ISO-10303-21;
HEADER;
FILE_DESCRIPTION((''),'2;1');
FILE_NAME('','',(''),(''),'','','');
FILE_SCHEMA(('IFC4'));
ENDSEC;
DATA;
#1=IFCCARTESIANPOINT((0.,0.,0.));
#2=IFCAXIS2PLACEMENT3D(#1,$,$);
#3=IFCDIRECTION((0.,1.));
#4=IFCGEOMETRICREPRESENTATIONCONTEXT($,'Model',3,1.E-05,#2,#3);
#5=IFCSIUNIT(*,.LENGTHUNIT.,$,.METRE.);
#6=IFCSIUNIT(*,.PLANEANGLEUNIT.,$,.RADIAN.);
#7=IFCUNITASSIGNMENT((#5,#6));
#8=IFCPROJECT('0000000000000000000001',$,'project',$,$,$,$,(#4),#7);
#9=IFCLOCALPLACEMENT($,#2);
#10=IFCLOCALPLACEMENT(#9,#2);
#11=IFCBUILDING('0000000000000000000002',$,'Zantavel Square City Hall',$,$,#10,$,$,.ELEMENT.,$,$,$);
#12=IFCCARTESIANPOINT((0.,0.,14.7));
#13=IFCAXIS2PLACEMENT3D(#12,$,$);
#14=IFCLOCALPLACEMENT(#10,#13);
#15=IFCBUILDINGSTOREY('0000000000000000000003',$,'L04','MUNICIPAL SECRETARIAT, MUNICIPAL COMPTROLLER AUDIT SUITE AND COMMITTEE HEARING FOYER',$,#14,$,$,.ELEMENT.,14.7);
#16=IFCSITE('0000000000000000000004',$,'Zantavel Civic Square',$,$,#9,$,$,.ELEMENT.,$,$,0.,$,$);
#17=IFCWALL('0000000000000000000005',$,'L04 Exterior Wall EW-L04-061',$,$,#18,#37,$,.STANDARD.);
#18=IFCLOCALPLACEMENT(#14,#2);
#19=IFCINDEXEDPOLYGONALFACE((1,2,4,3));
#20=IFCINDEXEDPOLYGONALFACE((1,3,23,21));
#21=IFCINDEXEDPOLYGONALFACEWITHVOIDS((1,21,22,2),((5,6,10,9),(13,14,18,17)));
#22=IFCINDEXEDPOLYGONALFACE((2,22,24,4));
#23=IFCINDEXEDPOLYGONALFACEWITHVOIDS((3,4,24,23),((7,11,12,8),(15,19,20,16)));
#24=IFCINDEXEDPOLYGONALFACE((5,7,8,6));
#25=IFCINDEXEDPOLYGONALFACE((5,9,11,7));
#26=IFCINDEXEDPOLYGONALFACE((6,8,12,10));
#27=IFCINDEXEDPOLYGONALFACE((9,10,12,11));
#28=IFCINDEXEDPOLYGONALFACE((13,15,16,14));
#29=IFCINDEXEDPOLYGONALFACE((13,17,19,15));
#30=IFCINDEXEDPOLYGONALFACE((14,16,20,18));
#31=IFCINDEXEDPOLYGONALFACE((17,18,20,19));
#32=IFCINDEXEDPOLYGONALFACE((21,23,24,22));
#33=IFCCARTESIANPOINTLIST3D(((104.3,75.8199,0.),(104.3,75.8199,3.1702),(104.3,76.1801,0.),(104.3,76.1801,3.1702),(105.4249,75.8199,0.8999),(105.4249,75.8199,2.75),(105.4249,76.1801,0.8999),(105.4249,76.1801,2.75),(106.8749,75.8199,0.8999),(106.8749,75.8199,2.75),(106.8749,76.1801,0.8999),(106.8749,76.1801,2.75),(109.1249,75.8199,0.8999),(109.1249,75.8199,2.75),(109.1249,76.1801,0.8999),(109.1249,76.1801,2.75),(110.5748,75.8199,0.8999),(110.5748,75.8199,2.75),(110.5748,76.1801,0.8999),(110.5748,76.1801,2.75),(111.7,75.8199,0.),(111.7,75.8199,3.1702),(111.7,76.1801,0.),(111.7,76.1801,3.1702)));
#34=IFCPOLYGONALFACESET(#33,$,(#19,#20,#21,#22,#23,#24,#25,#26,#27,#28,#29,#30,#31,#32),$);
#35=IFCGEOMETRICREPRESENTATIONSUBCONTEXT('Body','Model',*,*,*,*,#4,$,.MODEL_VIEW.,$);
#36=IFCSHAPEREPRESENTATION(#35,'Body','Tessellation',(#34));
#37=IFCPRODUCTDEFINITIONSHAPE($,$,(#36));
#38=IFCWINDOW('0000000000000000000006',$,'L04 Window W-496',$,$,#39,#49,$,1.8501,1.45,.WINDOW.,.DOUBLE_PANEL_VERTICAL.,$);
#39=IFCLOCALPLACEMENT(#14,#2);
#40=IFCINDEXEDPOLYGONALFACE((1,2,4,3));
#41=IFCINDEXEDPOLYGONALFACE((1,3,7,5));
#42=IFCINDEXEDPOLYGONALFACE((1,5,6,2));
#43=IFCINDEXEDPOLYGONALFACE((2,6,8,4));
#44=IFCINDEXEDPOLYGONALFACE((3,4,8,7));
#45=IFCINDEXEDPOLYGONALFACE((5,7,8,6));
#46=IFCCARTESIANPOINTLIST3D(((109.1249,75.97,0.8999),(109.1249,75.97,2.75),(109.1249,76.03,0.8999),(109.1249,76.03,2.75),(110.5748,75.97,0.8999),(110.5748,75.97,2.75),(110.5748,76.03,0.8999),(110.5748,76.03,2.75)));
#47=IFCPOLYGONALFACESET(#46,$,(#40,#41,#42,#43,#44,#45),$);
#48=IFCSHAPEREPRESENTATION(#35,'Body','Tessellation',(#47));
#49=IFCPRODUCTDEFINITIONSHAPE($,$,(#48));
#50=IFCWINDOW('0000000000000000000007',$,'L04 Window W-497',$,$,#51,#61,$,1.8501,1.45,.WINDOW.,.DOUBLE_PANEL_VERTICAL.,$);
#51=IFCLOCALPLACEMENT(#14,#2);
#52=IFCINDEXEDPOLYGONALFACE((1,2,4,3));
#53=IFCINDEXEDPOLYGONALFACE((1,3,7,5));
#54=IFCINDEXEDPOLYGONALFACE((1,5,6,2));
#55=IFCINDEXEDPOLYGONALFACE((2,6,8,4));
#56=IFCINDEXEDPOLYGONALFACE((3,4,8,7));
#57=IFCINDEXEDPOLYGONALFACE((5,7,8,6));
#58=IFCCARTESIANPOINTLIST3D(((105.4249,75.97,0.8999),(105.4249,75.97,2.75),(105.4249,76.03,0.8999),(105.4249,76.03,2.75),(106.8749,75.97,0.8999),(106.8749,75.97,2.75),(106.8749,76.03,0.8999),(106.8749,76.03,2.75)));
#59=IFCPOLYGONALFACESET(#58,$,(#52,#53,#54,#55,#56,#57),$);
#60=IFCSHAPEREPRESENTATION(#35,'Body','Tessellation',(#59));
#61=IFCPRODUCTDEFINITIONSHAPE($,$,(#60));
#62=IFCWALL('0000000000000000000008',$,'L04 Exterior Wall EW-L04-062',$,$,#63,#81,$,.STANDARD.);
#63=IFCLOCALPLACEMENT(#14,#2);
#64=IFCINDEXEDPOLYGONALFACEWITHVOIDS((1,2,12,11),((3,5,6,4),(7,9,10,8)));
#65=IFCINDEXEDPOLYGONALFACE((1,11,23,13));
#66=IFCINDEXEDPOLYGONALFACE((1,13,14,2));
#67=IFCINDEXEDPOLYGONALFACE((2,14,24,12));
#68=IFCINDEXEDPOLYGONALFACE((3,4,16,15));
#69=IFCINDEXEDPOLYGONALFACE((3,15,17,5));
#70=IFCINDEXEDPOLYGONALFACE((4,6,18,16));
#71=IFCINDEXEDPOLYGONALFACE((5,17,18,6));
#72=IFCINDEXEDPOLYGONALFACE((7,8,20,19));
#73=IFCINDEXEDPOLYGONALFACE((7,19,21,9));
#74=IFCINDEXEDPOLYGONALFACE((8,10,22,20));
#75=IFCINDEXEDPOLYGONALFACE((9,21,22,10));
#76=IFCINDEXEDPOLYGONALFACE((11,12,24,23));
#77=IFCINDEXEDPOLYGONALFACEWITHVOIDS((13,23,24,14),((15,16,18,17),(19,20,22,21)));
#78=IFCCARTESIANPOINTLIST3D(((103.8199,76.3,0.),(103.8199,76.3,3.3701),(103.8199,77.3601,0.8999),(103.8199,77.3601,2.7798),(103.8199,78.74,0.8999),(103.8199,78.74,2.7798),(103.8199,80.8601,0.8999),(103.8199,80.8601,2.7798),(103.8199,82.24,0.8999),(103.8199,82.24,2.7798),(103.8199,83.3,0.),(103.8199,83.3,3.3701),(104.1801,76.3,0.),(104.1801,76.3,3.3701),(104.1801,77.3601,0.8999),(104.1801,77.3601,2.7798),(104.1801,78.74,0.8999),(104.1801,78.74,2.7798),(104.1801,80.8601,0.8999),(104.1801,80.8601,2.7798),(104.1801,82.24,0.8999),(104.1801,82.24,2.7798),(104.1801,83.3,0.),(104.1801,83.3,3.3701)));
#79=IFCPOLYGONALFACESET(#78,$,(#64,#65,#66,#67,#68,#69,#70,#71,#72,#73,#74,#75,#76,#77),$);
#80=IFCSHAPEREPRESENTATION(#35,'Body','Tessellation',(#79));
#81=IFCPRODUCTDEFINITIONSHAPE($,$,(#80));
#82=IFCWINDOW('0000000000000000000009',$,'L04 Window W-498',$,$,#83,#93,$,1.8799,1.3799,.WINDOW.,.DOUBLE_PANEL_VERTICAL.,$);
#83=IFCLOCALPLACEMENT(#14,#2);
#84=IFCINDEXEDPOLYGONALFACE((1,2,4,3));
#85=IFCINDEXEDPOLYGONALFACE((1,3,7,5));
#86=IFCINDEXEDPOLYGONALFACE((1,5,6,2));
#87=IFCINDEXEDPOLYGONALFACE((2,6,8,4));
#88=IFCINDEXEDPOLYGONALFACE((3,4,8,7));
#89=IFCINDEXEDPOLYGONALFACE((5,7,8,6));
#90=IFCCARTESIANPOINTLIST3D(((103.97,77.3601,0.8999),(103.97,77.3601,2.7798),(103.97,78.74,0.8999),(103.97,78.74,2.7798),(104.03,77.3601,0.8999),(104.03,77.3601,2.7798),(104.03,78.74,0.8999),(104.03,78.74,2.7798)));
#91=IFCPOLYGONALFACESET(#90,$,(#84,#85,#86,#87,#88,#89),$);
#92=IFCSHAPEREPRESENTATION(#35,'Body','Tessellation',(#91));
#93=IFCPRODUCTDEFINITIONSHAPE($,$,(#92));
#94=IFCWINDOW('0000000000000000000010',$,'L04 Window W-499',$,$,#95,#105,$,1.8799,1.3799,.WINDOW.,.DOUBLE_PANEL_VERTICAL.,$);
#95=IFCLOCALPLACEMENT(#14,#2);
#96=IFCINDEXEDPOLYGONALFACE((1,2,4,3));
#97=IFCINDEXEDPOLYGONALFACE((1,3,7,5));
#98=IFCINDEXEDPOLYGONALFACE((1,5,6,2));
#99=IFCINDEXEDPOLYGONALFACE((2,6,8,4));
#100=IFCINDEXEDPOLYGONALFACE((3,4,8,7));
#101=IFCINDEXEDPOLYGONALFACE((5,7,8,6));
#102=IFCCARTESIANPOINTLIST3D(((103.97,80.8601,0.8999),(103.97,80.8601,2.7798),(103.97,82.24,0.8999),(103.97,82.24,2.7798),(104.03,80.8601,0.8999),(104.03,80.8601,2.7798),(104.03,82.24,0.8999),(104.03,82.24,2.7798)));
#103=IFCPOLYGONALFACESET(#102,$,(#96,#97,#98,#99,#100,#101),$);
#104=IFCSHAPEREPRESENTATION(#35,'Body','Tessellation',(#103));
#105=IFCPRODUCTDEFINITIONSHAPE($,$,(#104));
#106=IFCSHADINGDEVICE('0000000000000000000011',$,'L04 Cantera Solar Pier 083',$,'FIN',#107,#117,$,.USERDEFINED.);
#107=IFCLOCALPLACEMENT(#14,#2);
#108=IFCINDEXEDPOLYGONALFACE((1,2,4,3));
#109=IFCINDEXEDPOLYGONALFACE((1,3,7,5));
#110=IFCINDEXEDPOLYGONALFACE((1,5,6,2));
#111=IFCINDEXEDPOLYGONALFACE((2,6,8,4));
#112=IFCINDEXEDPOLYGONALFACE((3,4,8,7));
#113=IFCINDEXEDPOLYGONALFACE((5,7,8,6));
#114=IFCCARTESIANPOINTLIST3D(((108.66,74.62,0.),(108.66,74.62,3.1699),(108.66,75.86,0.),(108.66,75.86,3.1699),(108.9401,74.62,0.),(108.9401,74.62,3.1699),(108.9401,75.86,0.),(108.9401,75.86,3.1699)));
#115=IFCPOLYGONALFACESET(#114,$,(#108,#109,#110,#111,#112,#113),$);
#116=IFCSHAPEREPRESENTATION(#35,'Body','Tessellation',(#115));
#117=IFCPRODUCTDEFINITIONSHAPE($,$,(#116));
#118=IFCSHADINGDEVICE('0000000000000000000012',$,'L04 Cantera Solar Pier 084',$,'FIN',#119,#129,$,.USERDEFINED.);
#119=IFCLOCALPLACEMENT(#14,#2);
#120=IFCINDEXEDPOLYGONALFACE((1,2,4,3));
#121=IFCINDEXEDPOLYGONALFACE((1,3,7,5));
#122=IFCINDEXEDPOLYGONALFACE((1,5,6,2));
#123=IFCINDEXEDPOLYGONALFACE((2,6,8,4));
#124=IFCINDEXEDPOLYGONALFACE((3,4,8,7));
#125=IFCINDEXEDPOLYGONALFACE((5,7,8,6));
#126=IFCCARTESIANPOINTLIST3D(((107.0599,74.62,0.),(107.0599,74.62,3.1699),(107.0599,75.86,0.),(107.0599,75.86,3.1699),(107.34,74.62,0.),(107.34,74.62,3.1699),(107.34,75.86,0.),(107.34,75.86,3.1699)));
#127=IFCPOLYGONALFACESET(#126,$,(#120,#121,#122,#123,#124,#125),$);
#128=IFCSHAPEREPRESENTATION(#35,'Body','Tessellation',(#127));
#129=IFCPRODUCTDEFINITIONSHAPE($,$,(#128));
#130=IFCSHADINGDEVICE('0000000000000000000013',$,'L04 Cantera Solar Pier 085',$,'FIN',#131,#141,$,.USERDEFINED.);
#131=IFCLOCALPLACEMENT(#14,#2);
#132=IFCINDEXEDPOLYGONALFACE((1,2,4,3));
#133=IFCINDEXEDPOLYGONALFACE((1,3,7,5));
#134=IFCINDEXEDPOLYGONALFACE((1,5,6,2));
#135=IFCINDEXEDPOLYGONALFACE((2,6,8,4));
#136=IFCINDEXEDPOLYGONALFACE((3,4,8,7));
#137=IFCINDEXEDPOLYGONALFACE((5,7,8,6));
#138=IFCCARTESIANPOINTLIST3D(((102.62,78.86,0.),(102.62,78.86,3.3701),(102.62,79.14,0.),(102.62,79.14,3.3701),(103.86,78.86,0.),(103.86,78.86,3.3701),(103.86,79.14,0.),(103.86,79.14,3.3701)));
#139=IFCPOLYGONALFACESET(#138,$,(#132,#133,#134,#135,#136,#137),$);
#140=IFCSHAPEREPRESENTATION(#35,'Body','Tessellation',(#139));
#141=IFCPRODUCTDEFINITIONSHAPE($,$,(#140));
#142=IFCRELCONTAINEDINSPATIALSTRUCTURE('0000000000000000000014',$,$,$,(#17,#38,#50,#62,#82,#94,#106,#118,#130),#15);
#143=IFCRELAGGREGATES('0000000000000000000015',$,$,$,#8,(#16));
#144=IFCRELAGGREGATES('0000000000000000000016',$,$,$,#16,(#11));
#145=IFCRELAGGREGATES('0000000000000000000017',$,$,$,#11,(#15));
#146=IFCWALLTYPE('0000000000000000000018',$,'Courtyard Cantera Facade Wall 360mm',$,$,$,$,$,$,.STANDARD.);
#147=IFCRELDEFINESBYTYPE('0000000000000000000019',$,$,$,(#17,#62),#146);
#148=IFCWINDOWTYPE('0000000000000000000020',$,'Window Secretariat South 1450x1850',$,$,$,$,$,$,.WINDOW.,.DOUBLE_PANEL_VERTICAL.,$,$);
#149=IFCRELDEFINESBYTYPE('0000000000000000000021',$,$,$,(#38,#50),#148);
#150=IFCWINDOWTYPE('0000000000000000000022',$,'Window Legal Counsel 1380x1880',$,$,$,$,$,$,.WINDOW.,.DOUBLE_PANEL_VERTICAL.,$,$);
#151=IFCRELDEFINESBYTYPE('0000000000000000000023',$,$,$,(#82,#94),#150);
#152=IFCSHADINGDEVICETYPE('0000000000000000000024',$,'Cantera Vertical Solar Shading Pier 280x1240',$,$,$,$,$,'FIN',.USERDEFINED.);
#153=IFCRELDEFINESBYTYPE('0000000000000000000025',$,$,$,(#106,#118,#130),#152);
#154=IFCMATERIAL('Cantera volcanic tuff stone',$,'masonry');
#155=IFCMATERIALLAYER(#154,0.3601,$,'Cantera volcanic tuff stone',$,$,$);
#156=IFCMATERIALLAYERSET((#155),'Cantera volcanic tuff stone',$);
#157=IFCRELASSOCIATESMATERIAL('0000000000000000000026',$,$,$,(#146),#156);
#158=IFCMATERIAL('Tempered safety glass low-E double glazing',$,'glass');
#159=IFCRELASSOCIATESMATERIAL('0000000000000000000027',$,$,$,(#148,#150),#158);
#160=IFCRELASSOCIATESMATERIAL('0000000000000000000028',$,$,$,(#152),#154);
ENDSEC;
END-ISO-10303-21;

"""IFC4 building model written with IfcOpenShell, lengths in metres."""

from ifc_helpers import new_model, si_unit, direction, frame, frame_2d, origin, origin_2d, place, context, subcontext, project, spatial, rectangle, extrude, material, layer, layer_set, type_object, element, fill, save


model = new_model("IFC4")

# Units and contexts
model_context = context("Model", 3, precision=1e-05, world=origin(), true_north=direction((0.0, 1.0)))
body_context = subcontext(model_context, "Body", "Model", "MODEL_VIEW")
ifc_project = project(units=[si_unit("LENGTHUNIT", "METRE"), si_unit("PLANEANGLEUNIT", "RADIAN")], contexts=[model_context])

# Site, building, storey
site_placement = place(None, origin())
site = spatial("IfcSite", under=ifc_project, at=site_placement, Name="Zantavel Civic Square", CompositionType="ELEMENT", RefElevation=0.0)
building_placement = place(site_placement, origin())
building = spatial("IfcBuilding", under=site, at=building_placement, Name="Zantavel Square City Hall", CompositionType="ELEMENT")
storey_placement = place(building_placement, frame((0.0, 0.0, 14.7)))
storey = spatial("IfcBuildingStorey", under=building, at=storey_placement, Name="L04", Description="MUNICIPAL SECRETARIAT, MUNICIPAL COMPTROLLER AUDIT SUITE AND COMMITTEE HEARING FOYER", CompositionType="ELEMENT", Elevation=14.7)

# Shared definitions
ifc_material_1 = material(Name="Tempered safety glass low-E double glazing", Category="glass")

# Walls, openings, windows
ifc_material_2 = material(Name="Cantera volcanic tuff stone", Category="masonry")
ifc_layer_1 = layer(ifc_material_2, 0.3601, Name="Cantera volcanic tuff stone")
ifc_layer_set_1 = layer_set([ifc_layer_1], Name="Cantera volcanic tuff stone")
wall_type = type_object("IfcWallType", Name="Courtyard Cantera Facade Wall 360mm", PredefinedType="STANDARD", material=ifc_layer_set_1)
wall_1_placement = place(storey_placement, frame((111.7, 76.0, 0.0), z_axis=(0.0, 0.0, 1.0), x_axis=(-1.0, 0.0, 0.0)))
wall_1 = element("IfcWall", 1, at=wall_1_placement, inside=storey, type_object=wall_type, Name="L04 Exterior Wall EW-L04-061", PredefinedType="STANDARD", context=body_context, shape_type="SweptSolid", body=[
    extrude(rectangle(XDim=7.3999, YDim=0.3601, at=frame_2d((3.7, 0.0))), origin(), (0.0, 0.0, 1.0), 3.1702),
])
opening_1_placement = place(wall_1_placement, frame((1.125, 0.0, 0.8999)))
opening_1 = element("IfcOpeningElement", 2, at=opening_1_placement, cuts=wall_1, PredefinedType="OPENING", context=body_context, shape_type="SweptSolid", body=[
    extrude(rectangle(XDim=1.45, YDim=1.8501, at=frame_2d((0.7251, 0.925))), frame((0.0, 0.1899, 0.0), z_axis=(0.0, -1.0, 0.0), x_axis=(1.0, 0.0, 0.0)), (0.0, 0.0, 1.0), 0.3801),
])
opening_2_placement = place(wall_1_placement, frame((4.825, 0.0, 0.8999)))
opening_2 = element("IfcOpeningElement", 3, at=opening_2_placement, cuts=wall_1, PredefinedType="OPENING", context=body_context, shape_type="SweptSolid", body=[
    extrude(rectangle(XDim=1.45, YDim=1.8501, at=frame_2d((0.7251, 0.925))), frame((0.0, 0.1899, 0.0), z_axis=(0.0, -1.0, 0.0), x_axis=(1.0, 0.0, 0.0)), (0.0, 0.0, 1.0), 0.3801),
])
window_type_1 = type_object("IfcWindowType", Name="Window Secretariat South 1450x1850", PartitioningType="DOUBLE_PANEL_VERTICAL", PredefinedType="WINDOW", material=ifc_material_1)
window_1_placement = place(opening_1_placement, origin())
window_1 = element("IfcWindow", 4, at=window_1_placement, inside=storey, type_object=window_type_1, Name="L04 Window W-496", OverallHeight=1.8501, OverallWidth=1.45, PartitioningType="DOUBLE_PANEL_VERTICAL", PredefinedType="WINDOW", context=body_context, shape_type="SweptSolid", body=[
    extrude(rectangle(XDim=1.45, YDim=1.8501, at=frame_2d((0.7251, 0.925))), frame((0.0, 0.03, 0.0), z_axis=(0.0, -1.0, 0.0), x_axis=(1.0, 0.0, 0.0)), (0.0, 0.0, 1.0), 0.0601),
])
fill(opening_1, window_1)
window_2_placement = place(opening_2_placement, origin())
window_2 = element("IfcWindow", 5, at=window_2_placement, inside=storey, type_object=window_type_1, Name="L04 Window W-497", OverallHeight=1.8501, OverallWidth=1.45, PartitioningType="DOUBLE_PANEL_VERTICAL", PredefinedType="WINDOW", context=body_context, shape_type="SweptSolid", body=[
    extrude(rectangle(XDim=1.45, YDim=1.8501, at=frame_2d((0.7251, 0.925))), frame((0.0, 0.03, 0.0), z_axis=(0.0, -1.0, 0.0), x_axis=(1.0, 0.0, 0.0)), (0.0, 0.0, 1.0), 0.0601),
])
fill(opening_2, window_2)
wall_2_placement = place(storey_placement, frame((104.0, 76.3, 0.0), z_axis=(0.0, 0.0, 1.0), x_axis=(0.0, 1.0, 0.0)))
wall_2 = element("IfcWall", 6, at=wall_2_placement, inside=storey, type_object=wall_type, Name="L04 Exterior Wall EW-L04-062", PredefinedType="STANDARD", context=body_context, shape_type="SweptSolid", body=[
    extrude(rectangle(XDim=7.0, YDim=0.3601, at=frame_2d((3.5, 0.0))), origin(), (0.0, 0.0, 1.0), 3.3701),
])
opening_3_placement = place(wall_2_placement, frame((1.0601, 0.0, 0.8999)))
opening_3 = element("IfcOpeningElement", 7, at=opening_3_placement, cuts=wall_2, PredefinedType="OPENING", context=body_context, shape_type="SweptSolid", body=[
    extrude(rectangle(XDim=1.3799, YDim=1.8799, at=frame_2d((0.6899, 0.9399))), frame((0.0, 0.1899, 0.0), z_axis=(0.0, -1.0, 0.0), x_axis=(1.0, 0.0, 0.0)), (0.0, 0.0, 1.0), 0.3801),
])
opening_4_placement = place(wall_2_placement, frame((4.5601, 0.0, 0.8999)))
opening_4 = element("IfcOpeningElement", 8, at=opening_4_placement, cuts=wall_2, PredefinedType="OPENING", context=body_context, shape_type="SweptSolid", body=[
    extrude(rectangle(XDim=1.3799, YDim=1.8799, at=frame_2d((0.6899, 0.9399))), frame((0.0, 0.1899, 0.0), z_axis=(0.0, -1.0, 0.0), x_axis=(1.0, 0.0, 0.0)), (0.0, 0.0, 1.0), 0.3801),
])
window_type_2 = type_object("IfcWindowType", Name="Window Legal Counsel 1380x1880", PartitioningType="DOUBLE_PANEL_VERTICAL", PredefinedType="WINDOW", material=ifc_material_1)
window_3_placement = place(opening_3_placement, origin())
window_3 = element("IfcWindow", 9, at=window_3_placement, inside=storey, type_object=window_type_2, Name="L04 Window W-498", OverallHeight=1.8799, OverallWidth=1.3799, PartitioningType="DOUBLE_PANEL_VERTICAL", PredefinedType="WINDOW", context=body_context, shape_type="SweptSolid", body=[
    extrude(rectangle(XDim=1.3799, YDim=1.8799, at=frame_2d((0.6899, 0.9399))), frame((0.0, 0.03, 0.0), z_axis=(0.0, -1.0, 0.0), x_axis=(1.0, 0.0, 0.0)), (0.0, 0.0, 1.0), 0.0601),
])
fill(opening_3, window_3)
window_4_placement = place(opening_4_placement, origin())
window_4 = element("IfcWindow", 10, at=window_4_placement, inside=storey, type_object=window_type_2, Name="L04 Window W-499", OverallHeight=1.8799, OverallWidth=1.3799, PartitioningType="DOUBLE_PANEL_VERTICAL", PredefinedType="WINDOW", context=body_context, shape_type="SweptSolid", body=[
    extrude(rectangle(XDim=1.3799, YDim=1.8799, at=frame_2d((0.6899, 0.9399))), frame((0.0, 0.03, 0.0), z_axis=(0.0, -1.0, 0.0), x_axis=(1.0, 0.0, 0.0)), (0.0, 0.0, 1.0), 0.0601),
])
fill(opening_4, window_4)

# Shading devices
shading_device_type = type_object("IfcShadingDeviceType", Name="Cantera Vertical Solar Shading Pier 280x1240", ElementType="FIN", PredefinedType="USERDEFINED", material=ifc_material_2)
for number, where, z_axis, x_axis, name in (
    (11, (108.8, 75.24, 0.0), (0.0, 0.0, 1.0), (1.0, 0.0, 0.0), "L04 Cantera Solar Pier 083"),
    (12, (107.2, 75.24, 0.0), (0.0, 0.0, 1.0), (1.0, 0.0, 0.0), "L04 Cantera Solar Pier 084"),
):
    element("IfcShadingDevice", number, at=place(storey_placement, frame(where, z_axis=z_axis, x_axis=x_axis)), inside=storey, type_object=shading_device_type, Name=name, ObjectType="FIN", PredefinedType="USERDEFINED", context=body_context, shape_type="SweptSolid", body=[
        extrude(rectangle(XDim=0.28, YDim=1.24, at=origin_2d()), origin(), (0.0, 0.0, 1.0), 3.1699),
    ])
shading_device_placement = place(storey_placement, frame((103.24, 79.0, 0.0), z_axis=(0.0, 0.0, 1.0), x_axis=(1.0, 0.0, 0.0)))
element("IfcShadingDevice", 13, at=shading_device_placement, inside=storey, type_object=shading_device_type, Name="L04 Cantera Solar Pier 085", ObjectType="FIN", PredefinedType="USERDEFINED", context=body_context, shape_type="SweptSolid", body=[
    extrude(rectangle(XDim=1.24, YDim=0.28, at=origin_2d()), origin(), (0.0, 0.0, 1.0), 3.3701),
])

save(model, "model.ifc")
